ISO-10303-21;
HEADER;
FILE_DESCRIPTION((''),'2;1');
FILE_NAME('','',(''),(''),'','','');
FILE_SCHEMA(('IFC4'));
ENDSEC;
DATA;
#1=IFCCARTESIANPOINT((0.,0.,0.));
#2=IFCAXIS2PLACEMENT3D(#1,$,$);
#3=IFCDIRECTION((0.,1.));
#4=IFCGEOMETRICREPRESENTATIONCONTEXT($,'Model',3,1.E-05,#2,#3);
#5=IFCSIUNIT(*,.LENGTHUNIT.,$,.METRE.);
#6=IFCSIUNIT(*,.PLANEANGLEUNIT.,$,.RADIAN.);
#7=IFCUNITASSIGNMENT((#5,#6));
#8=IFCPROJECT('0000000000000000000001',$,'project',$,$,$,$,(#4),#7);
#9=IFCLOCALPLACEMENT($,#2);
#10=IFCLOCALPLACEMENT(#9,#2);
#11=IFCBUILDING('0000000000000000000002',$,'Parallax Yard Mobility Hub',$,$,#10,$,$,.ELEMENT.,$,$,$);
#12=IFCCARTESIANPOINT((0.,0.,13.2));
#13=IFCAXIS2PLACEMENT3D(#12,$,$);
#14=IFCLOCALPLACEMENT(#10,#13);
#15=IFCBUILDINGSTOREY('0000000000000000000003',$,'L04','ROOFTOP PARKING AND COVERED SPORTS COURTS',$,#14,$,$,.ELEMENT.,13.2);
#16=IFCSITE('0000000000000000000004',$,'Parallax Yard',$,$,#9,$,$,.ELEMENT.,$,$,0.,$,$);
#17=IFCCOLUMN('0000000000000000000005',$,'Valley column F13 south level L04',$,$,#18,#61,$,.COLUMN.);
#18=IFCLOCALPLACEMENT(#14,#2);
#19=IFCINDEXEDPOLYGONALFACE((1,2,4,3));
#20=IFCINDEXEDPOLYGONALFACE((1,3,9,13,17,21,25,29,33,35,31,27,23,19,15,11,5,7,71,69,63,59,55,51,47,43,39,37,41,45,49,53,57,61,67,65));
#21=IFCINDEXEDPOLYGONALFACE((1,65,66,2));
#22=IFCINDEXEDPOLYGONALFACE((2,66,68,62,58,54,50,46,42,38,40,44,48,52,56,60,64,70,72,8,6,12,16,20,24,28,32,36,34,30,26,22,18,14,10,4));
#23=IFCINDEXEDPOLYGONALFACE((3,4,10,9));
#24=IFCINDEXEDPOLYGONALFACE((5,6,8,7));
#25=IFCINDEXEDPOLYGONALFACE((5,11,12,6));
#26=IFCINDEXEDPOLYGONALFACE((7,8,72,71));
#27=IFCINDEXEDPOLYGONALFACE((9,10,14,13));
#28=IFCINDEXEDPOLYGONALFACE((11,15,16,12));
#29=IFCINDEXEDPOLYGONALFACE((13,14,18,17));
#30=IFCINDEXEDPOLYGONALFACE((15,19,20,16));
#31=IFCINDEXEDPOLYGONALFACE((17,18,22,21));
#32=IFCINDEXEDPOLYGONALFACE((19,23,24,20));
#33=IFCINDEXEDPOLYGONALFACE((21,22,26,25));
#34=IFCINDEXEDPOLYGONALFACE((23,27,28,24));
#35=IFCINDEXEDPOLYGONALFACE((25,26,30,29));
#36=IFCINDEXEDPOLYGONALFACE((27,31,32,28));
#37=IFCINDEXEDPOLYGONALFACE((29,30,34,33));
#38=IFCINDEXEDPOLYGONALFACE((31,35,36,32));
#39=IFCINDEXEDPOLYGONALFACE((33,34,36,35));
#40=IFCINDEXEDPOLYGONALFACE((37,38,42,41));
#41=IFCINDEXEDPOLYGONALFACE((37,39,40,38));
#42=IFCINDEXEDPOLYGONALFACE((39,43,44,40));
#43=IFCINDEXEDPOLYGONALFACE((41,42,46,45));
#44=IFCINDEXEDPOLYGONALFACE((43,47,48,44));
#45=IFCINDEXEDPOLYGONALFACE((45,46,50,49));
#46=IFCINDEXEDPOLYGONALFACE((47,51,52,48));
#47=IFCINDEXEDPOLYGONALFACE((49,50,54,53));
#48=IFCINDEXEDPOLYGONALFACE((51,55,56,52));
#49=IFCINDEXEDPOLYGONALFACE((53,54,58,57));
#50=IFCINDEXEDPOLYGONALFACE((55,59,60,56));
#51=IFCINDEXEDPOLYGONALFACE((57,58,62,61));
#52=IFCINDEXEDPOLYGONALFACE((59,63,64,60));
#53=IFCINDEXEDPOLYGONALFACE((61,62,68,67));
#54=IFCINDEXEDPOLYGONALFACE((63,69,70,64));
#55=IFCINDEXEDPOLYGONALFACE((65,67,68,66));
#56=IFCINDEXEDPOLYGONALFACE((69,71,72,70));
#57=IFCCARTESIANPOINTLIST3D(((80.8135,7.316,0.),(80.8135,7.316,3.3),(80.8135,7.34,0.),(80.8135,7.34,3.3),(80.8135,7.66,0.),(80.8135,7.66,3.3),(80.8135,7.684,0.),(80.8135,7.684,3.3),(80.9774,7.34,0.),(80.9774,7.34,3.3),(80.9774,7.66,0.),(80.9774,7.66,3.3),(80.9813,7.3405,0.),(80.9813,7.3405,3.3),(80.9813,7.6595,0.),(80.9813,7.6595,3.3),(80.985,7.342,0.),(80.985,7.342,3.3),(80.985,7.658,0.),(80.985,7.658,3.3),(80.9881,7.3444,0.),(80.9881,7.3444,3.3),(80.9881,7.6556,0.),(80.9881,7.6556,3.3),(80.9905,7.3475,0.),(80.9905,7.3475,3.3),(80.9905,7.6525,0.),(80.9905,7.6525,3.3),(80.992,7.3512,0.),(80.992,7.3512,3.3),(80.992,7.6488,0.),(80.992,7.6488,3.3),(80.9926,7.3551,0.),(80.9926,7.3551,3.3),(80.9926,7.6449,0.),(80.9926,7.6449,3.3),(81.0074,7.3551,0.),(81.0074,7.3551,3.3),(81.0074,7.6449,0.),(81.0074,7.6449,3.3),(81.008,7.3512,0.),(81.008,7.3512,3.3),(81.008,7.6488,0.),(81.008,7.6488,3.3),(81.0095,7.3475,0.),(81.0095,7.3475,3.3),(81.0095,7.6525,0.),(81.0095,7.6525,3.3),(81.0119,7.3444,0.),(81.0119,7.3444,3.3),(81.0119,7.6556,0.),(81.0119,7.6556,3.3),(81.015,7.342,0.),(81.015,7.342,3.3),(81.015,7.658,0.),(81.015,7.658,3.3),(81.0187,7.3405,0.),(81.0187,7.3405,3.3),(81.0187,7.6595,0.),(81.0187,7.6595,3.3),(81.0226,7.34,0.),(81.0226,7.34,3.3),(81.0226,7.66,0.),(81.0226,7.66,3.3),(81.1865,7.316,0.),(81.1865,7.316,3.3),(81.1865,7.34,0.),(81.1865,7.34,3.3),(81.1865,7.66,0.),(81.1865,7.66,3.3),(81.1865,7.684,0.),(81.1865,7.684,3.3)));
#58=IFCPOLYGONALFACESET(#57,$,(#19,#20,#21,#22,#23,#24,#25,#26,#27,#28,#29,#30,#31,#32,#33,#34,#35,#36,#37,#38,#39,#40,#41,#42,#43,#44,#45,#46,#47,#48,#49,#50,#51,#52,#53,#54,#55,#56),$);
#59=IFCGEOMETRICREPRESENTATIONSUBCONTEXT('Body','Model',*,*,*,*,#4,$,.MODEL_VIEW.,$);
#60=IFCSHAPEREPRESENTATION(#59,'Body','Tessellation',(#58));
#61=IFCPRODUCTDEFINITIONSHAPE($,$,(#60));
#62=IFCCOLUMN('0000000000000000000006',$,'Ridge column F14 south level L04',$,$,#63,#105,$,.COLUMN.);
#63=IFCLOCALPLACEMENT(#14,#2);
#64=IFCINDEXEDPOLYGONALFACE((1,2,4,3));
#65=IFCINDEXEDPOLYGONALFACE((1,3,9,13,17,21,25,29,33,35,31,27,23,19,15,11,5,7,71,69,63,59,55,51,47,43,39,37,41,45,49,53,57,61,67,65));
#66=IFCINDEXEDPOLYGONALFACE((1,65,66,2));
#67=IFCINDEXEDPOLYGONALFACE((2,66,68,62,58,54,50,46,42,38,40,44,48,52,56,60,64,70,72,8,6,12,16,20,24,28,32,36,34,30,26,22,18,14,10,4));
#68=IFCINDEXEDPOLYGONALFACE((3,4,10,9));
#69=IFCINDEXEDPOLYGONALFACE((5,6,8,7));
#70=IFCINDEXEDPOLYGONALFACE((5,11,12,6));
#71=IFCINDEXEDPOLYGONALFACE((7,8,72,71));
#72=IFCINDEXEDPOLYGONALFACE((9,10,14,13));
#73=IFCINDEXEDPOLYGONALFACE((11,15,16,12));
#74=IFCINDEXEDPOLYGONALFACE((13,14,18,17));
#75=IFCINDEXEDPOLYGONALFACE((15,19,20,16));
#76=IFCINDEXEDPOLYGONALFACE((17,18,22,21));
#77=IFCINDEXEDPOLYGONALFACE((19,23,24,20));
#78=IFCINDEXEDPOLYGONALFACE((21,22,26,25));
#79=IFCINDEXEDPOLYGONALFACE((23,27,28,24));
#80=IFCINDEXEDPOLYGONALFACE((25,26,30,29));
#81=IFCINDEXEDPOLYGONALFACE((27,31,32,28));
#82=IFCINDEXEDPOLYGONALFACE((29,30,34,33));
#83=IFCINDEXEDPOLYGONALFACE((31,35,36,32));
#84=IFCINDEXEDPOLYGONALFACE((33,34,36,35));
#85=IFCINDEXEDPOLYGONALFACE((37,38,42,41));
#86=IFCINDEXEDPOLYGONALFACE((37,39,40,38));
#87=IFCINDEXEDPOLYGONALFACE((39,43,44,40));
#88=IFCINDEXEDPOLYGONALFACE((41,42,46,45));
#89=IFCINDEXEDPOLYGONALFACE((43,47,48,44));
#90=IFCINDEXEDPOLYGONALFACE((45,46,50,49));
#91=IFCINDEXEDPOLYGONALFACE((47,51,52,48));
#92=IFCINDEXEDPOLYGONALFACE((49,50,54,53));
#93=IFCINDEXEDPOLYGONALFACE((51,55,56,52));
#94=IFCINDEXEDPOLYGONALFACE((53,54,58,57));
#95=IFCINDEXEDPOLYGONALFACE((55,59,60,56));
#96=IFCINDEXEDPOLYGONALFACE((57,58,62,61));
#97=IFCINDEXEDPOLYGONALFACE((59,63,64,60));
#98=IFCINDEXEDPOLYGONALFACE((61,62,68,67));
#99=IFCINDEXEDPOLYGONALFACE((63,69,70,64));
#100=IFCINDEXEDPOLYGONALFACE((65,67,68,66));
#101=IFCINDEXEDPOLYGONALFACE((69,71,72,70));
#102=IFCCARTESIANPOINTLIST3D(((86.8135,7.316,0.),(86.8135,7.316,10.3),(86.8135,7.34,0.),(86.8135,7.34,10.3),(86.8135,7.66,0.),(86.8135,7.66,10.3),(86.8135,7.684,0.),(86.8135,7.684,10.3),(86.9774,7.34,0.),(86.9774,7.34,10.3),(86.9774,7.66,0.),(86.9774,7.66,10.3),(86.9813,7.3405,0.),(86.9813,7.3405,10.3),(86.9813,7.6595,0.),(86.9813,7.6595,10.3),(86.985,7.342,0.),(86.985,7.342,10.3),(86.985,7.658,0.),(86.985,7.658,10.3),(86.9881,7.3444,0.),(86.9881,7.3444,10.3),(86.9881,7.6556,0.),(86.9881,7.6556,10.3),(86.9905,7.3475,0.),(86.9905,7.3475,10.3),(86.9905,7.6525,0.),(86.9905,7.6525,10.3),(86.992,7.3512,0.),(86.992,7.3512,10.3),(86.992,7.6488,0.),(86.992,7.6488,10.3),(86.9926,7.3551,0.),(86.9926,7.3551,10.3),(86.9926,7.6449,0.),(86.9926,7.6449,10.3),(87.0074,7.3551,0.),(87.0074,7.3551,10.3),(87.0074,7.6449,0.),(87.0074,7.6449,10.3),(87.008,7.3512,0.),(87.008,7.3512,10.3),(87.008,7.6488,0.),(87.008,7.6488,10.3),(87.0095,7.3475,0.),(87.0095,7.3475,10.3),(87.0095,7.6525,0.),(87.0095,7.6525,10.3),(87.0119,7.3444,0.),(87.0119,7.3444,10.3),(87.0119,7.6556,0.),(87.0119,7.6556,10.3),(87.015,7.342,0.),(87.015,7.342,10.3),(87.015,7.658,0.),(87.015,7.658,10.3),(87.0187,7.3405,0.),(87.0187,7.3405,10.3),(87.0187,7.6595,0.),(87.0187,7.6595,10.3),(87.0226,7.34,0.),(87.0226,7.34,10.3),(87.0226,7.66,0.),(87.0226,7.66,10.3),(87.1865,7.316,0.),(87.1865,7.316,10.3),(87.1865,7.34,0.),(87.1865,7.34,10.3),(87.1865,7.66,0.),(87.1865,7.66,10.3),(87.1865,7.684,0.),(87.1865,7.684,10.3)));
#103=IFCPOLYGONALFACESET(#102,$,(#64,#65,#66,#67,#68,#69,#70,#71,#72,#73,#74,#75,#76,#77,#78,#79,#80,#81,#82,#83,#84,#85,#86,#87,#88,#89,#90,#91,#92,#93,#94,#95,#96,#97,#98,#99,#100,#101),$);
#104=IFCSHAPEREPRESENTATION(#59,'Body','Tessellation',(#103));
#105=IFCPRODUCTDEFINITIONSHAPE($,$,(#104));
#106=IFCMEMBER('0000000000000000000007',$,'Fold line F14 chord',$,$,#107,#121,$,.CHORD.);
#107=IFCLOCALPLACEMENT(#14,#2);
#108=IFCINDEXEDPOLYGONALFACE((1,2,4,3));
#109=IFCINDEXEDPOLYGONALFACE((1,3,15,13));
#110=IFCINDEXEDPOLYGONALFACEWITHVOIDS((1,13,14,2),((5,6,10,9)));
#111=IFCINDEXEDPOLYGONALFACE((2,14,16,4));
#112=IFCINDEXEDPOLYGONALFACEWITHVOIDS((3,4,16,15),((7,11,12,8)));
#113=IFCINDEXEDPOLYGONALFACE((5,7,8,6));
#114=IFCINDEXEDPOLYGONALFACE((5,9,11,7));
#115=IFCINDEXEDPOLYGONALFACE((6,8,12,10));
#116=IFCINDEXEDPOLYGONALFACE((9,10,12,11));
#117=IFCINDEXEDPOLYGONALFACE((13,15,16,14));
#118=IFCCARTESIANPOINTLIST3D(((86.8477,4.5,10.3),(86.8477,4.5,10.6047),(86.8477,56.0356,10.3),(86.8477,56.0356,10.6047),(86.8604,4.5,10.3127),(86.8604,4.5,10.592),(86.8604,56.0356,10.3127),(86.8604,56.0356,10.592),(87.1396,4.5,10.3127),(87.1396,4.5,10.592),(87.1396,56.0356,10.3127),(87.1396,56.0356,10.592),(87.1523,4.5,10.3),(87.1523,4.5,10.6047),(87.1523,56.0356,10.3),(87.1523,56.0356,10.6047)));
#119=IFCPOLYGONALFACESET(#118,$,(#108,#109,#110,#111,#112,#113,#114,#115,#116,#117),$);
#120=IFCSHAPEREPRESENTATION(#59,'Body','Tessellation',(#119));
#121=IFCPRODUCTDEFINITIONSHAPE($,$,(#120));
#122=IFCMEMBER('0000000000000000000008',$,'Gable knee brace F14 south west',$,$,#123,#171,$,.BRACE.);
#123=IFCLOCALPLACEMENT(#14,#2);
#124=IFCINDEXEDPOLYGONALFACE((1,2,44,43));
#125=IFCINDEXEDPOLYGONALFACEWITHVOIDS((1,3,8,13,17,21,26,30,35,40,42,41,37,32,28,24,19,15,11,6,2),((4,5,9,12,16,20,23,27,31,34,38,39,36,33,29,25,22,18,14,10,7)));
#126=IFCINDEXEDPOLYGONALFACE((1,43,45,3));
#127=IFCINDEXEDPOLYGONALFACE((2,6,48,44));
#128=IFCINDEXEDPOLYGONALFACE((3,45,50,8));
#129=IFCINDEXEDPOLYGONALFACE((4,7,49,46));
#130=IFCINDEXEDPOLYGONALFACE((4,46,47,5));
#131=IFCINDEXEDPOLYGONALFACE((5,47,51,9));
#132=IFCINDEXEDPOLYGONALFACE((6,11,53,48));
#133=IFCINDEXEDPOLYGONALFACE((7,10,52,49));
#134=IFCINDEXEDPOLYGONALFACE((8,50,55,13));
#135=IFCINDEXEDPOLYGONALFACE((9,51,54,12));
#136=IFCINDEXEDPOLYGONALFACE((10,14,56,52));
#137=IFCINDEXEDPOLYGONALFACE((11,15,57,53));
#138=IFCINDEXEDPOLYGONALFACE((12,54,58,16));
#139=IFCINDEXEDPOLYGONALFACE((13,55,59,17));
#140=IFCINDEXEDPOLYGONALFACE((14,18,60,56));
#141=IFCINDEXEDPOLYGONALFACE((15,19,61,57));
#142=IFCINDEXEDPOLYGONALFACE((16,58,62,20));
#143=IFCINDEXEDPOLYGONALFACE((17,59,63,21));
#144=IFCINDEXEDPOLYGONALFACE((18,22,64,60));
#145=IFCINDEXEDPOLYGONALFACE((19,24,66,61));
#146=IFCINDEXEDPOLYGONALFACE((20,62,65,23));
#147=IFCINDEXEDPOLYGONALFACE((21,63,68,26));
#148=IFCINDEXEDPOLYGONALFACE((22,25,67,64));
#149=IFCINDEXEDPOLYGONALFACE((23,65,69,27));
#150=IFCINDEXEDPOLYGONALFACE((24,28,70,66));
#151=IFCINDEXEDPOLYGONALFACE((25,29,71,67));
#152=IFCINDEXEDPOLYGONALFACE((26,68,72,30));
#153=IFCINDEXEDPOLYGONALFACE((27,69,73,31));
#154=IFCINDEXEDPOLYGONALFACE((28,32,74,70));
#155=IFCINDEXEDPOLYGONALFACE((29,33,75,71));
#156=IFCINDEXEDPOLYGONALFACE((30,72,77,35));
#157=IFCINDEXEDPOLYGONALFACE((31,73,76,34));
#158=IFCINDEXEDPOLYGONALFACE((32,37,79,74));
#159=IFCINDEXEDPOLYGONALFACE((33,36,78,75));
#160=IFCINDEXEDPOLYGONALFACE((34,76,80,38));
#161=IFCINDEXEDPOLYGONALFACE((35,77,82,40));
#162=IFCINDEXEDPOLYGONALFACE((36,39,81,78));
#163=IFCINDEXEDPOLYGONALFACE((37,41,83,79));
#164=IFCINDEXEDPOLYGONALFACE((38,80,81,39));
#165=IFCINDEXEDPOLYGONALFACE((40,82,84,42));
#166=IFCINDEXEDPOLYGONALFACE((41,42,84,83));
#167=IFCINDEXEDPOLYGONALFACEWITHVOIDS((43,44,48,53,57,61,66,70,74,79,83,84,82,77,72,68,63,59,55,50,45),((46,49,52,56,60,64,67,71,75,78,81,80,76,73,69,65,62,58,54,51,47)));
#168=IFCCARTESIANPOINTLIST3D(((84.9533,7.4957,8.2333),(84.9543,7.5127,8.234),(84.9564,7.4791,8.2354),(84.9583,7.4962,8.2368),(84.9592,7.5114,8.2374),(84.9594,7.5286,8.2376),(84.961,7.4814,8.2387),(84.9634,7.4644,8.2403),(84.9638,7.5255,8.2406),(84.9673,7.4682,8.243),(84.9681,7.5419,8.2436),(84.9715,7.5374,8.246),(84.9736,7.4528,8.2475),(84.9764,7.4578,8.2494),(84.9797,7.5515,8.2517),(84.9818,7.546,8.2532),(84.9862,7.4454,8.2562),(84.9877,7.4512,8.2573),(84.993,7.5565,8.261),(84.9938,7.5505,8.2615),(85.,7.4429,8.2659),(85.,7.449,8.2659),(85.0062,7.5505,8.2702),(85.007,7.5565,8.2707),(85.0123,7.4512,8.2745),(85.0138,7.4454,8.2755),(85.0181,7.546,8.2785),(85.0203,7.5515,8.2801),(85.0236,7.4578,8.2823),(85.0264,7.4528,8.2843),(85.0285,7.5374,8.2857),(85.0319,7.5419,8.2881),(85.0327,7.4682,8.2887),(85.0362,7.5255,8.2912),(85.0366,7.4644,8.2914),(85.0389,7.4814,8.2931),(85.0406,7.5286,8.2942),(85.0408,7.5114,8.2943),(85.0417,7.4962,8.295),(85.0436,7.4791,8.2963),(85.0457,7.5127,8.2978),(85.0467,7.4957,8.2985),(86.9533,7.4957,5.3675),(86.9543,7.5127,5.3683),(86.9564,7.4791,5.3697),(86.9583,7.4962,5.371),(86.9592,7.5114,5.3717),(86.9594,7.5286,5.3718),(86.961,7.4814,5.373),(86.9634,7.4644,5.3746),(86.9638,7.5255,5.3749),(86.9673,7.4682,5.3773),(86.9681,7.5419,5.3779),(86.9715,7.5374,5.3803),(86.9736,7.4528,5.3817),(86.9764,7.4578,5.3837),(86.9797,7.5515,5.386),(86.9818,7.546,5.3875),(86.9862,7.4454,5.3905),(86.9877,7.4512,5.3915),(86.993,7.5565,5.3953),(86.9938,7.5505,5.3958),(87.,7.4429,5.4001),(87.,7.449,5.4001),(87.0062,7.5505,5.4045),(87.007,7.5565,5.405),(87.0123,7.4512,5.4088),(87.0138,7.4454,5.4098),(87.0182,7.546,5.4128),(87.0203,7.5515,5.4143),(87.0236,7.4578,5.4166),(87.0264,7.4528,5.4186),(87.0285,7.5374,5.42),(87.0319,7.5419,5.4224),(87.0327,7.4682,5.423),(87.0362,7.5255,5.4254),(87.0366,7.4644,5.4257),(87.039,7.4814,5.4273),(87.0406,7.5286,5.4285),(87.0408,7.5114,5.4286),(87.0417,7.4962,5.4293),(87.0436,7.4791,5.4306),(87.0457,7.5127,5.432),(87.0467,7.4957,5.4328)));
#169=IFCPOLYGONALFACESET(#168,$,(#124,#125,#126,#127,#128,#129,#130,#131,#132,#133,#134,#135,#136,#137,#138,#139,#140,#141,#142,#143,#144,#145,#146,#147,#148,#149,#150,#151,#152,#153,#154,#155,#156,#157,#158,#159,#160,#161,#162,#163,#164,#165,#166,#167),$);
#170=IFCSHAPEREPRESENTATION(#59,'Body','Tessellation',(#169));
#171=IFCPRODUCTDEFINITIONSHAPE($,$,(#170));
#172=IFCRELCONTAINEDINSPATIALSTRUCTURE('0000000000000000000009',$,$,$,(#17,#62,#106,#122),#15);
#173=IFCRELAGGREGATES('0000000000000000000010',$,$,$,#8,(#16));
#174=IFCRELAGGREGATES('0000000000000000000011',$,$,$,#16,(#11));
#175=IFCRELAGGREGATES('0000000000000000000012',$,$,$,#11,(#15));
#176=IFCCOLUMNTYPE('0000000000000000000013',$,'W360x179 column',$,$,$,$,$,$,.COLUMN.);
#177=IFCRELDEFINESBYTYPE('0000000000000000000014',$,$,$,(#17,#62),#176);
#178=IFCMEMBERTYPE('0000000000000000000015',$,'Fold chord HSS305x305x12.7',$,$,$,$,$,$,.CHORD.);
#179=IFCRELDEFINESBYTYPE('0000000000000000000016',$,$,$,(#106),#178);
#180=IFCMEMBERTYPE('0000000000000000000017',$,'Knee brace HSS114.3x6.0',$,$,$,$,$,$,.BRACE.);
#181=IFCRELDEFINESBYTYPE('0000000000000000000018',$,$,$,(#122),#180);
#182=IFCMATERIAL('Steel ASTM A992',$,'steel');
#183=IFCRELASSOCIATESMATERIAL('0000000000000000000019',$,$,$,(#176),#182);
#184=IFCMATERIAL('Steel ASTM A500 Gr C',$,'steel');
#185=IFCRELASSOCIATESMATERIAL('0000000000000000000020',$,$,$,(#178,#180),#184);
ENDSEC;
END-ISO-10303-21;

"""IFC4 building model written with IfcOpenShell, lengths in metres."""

from ifc_helpers import new_model, si_unit, direction, frame, origin, origin_2d, place, context, subcontext, project, spatial, hollow_rectangle, hollow_circle, i_section, extrude, material, material_profile, profile_set, type_object, element, save


model = new_model("IFC4")

# Units and contexts
model_context = context("Model", 3, precision=1e-05, world=origin(), true_north=direction((0.0, 1.0)))
body_context = subcontext(model_context, "Body", "Model", "MODEL_VIEW")
ifc_project = project(units=[si_unit("LENGTHUNIT", "METRE"), si_unit("PLANEANGLEUNIT", "RADIAN")], contexts=[model_context])

# Site, building, storey
site_placement = place(None, origin())
site = spatial("IfcSite", under=ifc_project, at=site_placement, Name="Parallax Yard", CompositionType="ELEMENT", RefElevation=0.0)
building_placement = place(site_placement, origin())
building = spatial("IfcBuilding", under=site, at=building_placement, Name="Parallax Yard Mobility Hub", CompositionType="ELEMENT")
storey_placement = place(building_placement, frame((0.0, 0.0, 13.2)))
storey = spatial("IfcBuildingStorey", under=building, at=storey_placement, Name="L04", Description="ROOFTOP PARKING AND COVERED SPORTS COURTS", CompositionType="ELEMENT", Elevation=13.2)

# Columns
ifc_material_1 = material(Name="Steel ASTM A992", Category="steel")
ifc_material_profile_1 = material_profile(ifc_material_1, i_section(OverallWidth=0.373, OverallDepth=0.3679, WebThickness=0.0149, FlangeThickness=0.0239, FilletRadius=0.0151, at=origin_2d()), Name="W360x179")
ifc_profile_set_1 = profile_set([ifc_material_profile_1], Name="Steel ASTM A992")
column_type = type_object("IfcColumnType", Name="W360x179 column", PredefinedType="COLUMN", material=ifc_profile_set_1)
column_1_placement = place(storey_placement, frame((81.0, 7.5, 0.0), z_axis=(0.0, 0.0, 1.0), x_axis=(1.0, 0.0, 0.0)))
element("IfcColumn", 1, at=column_1_placement, inside=storey, type_object=column_type, Name="Valley column F13 south level L04", PredefinedType="COLUMN", context=body_context, shape_type="SweptSolid", body=[
    extrude(i_section(OverallWidth=0.373, OverallDepth=0.3679, WebThickness=0.0149, FlangeThickness=0.0239, FilletRadius=0.0151, at=origin_2d()), origin(), (0.0, 0.0, 1.0), 3.3),
])
column_2_placement = place(storey_placement, frame((87.0, 7.5, 0.0), z_axis=(0.0, 0.0, 1.0), x_axis=(1.0, 0.0, 0.0)))
element("IfcColumn", 2, at=column_2_placement, inside=storey, type_object=column_type, Name="Ridge column F14 south level L04", PredefinedType="COLUMN", context=body_context, shape_type="SweptSolid", body=[
    extrude(i_section(OverallWidth=0.373, OverallDepth=0.3679, WebThickness=0.0149, FlangeThickness=0.0239, FilletRadius=0.0151, at=origin_2d()), origin(), (0.0, 0.0, 1.0), 10.3),
])

# Members
ifc_material_2 = material(Name="Steel ASTM A500 Gr C", Category="steel")
ifc_material_profile_2 = material_profile(ifc_material_2, hollow_rectangle(XDim=0.3047, YDim=0.3047, WallThickness=0.0127, at=origin_2d()), Name="HSS305x305x12.7")
ifc_profile_set_2 = profile_set([ifc_material_profile_2], Name="Steel ASTM A500 Gr C")
member_type_1 = type_object("IfcMemberType", Name="Fold chord HSS305x305x12.7", PredefinedType="CHORD", material=ifc_profile_set_2)
member_1_placement = place(storey_placement, frame((87.0, 4.5, 10.4524), z_axis=(0.0, 1.0, 0.0), x_axis=(-1.0, 0.0, 0.0)))
element("IfcMember", 3, at=member_1_placement, inside=storey, type_object=member_type_1, Name="Fold line F14 chord", PredefinedType="CHORD", context=body_context, shape_type="SweptSolid", body=[
    extrude(hollow_rectangle(XDim=0.3047, YDim=0.3047, WallThickness=0.0127, at=origin_2d()), origin(), (0.0, 0.0, 1.0), 51.5356),
])
ifc_material_profile_3 = material_profile(ifc_material_2, hollow_circle(Radius=0.0571, WallThickness=0.0061, at=origin_2d()), Name="HSS114.3x6.0")
ifc_profile_set_3 = profile_set([ifc_material_profile_3], Name="Steel ASTM A500 Gr C")
member_type_2 = type_object("IfcMemberType", Name="Knee brace HSS114.3x6.0", PredefinedType="BRACE", material=ifc_profile_set_3)
for number, where, z_axis, x_axis, name in (
    (4, (87.0, 7.5, 5.4001), (-0.572308, 0.0, 0.820039), (0.0, -1.0, 0.0), "Gable knee brace F14 south west"),
):
    element("IfcMember", number, at=place(storey_placement, frame(where, z_axis=z_axis, x_axis=x_axis)), inside=storey, type_object=member_type_2, Name=name, PredefinedType="BRACE", context=body_context, shape_type="SweptSolid", body=[
        extrude(hollow_circle(Radius=0.0571, WallThickness=0.0061, at=origin_2d()), origin(), (0.0, 0.0, 1.0), 3.4946),
    ])

save(model, "model.ifc")
